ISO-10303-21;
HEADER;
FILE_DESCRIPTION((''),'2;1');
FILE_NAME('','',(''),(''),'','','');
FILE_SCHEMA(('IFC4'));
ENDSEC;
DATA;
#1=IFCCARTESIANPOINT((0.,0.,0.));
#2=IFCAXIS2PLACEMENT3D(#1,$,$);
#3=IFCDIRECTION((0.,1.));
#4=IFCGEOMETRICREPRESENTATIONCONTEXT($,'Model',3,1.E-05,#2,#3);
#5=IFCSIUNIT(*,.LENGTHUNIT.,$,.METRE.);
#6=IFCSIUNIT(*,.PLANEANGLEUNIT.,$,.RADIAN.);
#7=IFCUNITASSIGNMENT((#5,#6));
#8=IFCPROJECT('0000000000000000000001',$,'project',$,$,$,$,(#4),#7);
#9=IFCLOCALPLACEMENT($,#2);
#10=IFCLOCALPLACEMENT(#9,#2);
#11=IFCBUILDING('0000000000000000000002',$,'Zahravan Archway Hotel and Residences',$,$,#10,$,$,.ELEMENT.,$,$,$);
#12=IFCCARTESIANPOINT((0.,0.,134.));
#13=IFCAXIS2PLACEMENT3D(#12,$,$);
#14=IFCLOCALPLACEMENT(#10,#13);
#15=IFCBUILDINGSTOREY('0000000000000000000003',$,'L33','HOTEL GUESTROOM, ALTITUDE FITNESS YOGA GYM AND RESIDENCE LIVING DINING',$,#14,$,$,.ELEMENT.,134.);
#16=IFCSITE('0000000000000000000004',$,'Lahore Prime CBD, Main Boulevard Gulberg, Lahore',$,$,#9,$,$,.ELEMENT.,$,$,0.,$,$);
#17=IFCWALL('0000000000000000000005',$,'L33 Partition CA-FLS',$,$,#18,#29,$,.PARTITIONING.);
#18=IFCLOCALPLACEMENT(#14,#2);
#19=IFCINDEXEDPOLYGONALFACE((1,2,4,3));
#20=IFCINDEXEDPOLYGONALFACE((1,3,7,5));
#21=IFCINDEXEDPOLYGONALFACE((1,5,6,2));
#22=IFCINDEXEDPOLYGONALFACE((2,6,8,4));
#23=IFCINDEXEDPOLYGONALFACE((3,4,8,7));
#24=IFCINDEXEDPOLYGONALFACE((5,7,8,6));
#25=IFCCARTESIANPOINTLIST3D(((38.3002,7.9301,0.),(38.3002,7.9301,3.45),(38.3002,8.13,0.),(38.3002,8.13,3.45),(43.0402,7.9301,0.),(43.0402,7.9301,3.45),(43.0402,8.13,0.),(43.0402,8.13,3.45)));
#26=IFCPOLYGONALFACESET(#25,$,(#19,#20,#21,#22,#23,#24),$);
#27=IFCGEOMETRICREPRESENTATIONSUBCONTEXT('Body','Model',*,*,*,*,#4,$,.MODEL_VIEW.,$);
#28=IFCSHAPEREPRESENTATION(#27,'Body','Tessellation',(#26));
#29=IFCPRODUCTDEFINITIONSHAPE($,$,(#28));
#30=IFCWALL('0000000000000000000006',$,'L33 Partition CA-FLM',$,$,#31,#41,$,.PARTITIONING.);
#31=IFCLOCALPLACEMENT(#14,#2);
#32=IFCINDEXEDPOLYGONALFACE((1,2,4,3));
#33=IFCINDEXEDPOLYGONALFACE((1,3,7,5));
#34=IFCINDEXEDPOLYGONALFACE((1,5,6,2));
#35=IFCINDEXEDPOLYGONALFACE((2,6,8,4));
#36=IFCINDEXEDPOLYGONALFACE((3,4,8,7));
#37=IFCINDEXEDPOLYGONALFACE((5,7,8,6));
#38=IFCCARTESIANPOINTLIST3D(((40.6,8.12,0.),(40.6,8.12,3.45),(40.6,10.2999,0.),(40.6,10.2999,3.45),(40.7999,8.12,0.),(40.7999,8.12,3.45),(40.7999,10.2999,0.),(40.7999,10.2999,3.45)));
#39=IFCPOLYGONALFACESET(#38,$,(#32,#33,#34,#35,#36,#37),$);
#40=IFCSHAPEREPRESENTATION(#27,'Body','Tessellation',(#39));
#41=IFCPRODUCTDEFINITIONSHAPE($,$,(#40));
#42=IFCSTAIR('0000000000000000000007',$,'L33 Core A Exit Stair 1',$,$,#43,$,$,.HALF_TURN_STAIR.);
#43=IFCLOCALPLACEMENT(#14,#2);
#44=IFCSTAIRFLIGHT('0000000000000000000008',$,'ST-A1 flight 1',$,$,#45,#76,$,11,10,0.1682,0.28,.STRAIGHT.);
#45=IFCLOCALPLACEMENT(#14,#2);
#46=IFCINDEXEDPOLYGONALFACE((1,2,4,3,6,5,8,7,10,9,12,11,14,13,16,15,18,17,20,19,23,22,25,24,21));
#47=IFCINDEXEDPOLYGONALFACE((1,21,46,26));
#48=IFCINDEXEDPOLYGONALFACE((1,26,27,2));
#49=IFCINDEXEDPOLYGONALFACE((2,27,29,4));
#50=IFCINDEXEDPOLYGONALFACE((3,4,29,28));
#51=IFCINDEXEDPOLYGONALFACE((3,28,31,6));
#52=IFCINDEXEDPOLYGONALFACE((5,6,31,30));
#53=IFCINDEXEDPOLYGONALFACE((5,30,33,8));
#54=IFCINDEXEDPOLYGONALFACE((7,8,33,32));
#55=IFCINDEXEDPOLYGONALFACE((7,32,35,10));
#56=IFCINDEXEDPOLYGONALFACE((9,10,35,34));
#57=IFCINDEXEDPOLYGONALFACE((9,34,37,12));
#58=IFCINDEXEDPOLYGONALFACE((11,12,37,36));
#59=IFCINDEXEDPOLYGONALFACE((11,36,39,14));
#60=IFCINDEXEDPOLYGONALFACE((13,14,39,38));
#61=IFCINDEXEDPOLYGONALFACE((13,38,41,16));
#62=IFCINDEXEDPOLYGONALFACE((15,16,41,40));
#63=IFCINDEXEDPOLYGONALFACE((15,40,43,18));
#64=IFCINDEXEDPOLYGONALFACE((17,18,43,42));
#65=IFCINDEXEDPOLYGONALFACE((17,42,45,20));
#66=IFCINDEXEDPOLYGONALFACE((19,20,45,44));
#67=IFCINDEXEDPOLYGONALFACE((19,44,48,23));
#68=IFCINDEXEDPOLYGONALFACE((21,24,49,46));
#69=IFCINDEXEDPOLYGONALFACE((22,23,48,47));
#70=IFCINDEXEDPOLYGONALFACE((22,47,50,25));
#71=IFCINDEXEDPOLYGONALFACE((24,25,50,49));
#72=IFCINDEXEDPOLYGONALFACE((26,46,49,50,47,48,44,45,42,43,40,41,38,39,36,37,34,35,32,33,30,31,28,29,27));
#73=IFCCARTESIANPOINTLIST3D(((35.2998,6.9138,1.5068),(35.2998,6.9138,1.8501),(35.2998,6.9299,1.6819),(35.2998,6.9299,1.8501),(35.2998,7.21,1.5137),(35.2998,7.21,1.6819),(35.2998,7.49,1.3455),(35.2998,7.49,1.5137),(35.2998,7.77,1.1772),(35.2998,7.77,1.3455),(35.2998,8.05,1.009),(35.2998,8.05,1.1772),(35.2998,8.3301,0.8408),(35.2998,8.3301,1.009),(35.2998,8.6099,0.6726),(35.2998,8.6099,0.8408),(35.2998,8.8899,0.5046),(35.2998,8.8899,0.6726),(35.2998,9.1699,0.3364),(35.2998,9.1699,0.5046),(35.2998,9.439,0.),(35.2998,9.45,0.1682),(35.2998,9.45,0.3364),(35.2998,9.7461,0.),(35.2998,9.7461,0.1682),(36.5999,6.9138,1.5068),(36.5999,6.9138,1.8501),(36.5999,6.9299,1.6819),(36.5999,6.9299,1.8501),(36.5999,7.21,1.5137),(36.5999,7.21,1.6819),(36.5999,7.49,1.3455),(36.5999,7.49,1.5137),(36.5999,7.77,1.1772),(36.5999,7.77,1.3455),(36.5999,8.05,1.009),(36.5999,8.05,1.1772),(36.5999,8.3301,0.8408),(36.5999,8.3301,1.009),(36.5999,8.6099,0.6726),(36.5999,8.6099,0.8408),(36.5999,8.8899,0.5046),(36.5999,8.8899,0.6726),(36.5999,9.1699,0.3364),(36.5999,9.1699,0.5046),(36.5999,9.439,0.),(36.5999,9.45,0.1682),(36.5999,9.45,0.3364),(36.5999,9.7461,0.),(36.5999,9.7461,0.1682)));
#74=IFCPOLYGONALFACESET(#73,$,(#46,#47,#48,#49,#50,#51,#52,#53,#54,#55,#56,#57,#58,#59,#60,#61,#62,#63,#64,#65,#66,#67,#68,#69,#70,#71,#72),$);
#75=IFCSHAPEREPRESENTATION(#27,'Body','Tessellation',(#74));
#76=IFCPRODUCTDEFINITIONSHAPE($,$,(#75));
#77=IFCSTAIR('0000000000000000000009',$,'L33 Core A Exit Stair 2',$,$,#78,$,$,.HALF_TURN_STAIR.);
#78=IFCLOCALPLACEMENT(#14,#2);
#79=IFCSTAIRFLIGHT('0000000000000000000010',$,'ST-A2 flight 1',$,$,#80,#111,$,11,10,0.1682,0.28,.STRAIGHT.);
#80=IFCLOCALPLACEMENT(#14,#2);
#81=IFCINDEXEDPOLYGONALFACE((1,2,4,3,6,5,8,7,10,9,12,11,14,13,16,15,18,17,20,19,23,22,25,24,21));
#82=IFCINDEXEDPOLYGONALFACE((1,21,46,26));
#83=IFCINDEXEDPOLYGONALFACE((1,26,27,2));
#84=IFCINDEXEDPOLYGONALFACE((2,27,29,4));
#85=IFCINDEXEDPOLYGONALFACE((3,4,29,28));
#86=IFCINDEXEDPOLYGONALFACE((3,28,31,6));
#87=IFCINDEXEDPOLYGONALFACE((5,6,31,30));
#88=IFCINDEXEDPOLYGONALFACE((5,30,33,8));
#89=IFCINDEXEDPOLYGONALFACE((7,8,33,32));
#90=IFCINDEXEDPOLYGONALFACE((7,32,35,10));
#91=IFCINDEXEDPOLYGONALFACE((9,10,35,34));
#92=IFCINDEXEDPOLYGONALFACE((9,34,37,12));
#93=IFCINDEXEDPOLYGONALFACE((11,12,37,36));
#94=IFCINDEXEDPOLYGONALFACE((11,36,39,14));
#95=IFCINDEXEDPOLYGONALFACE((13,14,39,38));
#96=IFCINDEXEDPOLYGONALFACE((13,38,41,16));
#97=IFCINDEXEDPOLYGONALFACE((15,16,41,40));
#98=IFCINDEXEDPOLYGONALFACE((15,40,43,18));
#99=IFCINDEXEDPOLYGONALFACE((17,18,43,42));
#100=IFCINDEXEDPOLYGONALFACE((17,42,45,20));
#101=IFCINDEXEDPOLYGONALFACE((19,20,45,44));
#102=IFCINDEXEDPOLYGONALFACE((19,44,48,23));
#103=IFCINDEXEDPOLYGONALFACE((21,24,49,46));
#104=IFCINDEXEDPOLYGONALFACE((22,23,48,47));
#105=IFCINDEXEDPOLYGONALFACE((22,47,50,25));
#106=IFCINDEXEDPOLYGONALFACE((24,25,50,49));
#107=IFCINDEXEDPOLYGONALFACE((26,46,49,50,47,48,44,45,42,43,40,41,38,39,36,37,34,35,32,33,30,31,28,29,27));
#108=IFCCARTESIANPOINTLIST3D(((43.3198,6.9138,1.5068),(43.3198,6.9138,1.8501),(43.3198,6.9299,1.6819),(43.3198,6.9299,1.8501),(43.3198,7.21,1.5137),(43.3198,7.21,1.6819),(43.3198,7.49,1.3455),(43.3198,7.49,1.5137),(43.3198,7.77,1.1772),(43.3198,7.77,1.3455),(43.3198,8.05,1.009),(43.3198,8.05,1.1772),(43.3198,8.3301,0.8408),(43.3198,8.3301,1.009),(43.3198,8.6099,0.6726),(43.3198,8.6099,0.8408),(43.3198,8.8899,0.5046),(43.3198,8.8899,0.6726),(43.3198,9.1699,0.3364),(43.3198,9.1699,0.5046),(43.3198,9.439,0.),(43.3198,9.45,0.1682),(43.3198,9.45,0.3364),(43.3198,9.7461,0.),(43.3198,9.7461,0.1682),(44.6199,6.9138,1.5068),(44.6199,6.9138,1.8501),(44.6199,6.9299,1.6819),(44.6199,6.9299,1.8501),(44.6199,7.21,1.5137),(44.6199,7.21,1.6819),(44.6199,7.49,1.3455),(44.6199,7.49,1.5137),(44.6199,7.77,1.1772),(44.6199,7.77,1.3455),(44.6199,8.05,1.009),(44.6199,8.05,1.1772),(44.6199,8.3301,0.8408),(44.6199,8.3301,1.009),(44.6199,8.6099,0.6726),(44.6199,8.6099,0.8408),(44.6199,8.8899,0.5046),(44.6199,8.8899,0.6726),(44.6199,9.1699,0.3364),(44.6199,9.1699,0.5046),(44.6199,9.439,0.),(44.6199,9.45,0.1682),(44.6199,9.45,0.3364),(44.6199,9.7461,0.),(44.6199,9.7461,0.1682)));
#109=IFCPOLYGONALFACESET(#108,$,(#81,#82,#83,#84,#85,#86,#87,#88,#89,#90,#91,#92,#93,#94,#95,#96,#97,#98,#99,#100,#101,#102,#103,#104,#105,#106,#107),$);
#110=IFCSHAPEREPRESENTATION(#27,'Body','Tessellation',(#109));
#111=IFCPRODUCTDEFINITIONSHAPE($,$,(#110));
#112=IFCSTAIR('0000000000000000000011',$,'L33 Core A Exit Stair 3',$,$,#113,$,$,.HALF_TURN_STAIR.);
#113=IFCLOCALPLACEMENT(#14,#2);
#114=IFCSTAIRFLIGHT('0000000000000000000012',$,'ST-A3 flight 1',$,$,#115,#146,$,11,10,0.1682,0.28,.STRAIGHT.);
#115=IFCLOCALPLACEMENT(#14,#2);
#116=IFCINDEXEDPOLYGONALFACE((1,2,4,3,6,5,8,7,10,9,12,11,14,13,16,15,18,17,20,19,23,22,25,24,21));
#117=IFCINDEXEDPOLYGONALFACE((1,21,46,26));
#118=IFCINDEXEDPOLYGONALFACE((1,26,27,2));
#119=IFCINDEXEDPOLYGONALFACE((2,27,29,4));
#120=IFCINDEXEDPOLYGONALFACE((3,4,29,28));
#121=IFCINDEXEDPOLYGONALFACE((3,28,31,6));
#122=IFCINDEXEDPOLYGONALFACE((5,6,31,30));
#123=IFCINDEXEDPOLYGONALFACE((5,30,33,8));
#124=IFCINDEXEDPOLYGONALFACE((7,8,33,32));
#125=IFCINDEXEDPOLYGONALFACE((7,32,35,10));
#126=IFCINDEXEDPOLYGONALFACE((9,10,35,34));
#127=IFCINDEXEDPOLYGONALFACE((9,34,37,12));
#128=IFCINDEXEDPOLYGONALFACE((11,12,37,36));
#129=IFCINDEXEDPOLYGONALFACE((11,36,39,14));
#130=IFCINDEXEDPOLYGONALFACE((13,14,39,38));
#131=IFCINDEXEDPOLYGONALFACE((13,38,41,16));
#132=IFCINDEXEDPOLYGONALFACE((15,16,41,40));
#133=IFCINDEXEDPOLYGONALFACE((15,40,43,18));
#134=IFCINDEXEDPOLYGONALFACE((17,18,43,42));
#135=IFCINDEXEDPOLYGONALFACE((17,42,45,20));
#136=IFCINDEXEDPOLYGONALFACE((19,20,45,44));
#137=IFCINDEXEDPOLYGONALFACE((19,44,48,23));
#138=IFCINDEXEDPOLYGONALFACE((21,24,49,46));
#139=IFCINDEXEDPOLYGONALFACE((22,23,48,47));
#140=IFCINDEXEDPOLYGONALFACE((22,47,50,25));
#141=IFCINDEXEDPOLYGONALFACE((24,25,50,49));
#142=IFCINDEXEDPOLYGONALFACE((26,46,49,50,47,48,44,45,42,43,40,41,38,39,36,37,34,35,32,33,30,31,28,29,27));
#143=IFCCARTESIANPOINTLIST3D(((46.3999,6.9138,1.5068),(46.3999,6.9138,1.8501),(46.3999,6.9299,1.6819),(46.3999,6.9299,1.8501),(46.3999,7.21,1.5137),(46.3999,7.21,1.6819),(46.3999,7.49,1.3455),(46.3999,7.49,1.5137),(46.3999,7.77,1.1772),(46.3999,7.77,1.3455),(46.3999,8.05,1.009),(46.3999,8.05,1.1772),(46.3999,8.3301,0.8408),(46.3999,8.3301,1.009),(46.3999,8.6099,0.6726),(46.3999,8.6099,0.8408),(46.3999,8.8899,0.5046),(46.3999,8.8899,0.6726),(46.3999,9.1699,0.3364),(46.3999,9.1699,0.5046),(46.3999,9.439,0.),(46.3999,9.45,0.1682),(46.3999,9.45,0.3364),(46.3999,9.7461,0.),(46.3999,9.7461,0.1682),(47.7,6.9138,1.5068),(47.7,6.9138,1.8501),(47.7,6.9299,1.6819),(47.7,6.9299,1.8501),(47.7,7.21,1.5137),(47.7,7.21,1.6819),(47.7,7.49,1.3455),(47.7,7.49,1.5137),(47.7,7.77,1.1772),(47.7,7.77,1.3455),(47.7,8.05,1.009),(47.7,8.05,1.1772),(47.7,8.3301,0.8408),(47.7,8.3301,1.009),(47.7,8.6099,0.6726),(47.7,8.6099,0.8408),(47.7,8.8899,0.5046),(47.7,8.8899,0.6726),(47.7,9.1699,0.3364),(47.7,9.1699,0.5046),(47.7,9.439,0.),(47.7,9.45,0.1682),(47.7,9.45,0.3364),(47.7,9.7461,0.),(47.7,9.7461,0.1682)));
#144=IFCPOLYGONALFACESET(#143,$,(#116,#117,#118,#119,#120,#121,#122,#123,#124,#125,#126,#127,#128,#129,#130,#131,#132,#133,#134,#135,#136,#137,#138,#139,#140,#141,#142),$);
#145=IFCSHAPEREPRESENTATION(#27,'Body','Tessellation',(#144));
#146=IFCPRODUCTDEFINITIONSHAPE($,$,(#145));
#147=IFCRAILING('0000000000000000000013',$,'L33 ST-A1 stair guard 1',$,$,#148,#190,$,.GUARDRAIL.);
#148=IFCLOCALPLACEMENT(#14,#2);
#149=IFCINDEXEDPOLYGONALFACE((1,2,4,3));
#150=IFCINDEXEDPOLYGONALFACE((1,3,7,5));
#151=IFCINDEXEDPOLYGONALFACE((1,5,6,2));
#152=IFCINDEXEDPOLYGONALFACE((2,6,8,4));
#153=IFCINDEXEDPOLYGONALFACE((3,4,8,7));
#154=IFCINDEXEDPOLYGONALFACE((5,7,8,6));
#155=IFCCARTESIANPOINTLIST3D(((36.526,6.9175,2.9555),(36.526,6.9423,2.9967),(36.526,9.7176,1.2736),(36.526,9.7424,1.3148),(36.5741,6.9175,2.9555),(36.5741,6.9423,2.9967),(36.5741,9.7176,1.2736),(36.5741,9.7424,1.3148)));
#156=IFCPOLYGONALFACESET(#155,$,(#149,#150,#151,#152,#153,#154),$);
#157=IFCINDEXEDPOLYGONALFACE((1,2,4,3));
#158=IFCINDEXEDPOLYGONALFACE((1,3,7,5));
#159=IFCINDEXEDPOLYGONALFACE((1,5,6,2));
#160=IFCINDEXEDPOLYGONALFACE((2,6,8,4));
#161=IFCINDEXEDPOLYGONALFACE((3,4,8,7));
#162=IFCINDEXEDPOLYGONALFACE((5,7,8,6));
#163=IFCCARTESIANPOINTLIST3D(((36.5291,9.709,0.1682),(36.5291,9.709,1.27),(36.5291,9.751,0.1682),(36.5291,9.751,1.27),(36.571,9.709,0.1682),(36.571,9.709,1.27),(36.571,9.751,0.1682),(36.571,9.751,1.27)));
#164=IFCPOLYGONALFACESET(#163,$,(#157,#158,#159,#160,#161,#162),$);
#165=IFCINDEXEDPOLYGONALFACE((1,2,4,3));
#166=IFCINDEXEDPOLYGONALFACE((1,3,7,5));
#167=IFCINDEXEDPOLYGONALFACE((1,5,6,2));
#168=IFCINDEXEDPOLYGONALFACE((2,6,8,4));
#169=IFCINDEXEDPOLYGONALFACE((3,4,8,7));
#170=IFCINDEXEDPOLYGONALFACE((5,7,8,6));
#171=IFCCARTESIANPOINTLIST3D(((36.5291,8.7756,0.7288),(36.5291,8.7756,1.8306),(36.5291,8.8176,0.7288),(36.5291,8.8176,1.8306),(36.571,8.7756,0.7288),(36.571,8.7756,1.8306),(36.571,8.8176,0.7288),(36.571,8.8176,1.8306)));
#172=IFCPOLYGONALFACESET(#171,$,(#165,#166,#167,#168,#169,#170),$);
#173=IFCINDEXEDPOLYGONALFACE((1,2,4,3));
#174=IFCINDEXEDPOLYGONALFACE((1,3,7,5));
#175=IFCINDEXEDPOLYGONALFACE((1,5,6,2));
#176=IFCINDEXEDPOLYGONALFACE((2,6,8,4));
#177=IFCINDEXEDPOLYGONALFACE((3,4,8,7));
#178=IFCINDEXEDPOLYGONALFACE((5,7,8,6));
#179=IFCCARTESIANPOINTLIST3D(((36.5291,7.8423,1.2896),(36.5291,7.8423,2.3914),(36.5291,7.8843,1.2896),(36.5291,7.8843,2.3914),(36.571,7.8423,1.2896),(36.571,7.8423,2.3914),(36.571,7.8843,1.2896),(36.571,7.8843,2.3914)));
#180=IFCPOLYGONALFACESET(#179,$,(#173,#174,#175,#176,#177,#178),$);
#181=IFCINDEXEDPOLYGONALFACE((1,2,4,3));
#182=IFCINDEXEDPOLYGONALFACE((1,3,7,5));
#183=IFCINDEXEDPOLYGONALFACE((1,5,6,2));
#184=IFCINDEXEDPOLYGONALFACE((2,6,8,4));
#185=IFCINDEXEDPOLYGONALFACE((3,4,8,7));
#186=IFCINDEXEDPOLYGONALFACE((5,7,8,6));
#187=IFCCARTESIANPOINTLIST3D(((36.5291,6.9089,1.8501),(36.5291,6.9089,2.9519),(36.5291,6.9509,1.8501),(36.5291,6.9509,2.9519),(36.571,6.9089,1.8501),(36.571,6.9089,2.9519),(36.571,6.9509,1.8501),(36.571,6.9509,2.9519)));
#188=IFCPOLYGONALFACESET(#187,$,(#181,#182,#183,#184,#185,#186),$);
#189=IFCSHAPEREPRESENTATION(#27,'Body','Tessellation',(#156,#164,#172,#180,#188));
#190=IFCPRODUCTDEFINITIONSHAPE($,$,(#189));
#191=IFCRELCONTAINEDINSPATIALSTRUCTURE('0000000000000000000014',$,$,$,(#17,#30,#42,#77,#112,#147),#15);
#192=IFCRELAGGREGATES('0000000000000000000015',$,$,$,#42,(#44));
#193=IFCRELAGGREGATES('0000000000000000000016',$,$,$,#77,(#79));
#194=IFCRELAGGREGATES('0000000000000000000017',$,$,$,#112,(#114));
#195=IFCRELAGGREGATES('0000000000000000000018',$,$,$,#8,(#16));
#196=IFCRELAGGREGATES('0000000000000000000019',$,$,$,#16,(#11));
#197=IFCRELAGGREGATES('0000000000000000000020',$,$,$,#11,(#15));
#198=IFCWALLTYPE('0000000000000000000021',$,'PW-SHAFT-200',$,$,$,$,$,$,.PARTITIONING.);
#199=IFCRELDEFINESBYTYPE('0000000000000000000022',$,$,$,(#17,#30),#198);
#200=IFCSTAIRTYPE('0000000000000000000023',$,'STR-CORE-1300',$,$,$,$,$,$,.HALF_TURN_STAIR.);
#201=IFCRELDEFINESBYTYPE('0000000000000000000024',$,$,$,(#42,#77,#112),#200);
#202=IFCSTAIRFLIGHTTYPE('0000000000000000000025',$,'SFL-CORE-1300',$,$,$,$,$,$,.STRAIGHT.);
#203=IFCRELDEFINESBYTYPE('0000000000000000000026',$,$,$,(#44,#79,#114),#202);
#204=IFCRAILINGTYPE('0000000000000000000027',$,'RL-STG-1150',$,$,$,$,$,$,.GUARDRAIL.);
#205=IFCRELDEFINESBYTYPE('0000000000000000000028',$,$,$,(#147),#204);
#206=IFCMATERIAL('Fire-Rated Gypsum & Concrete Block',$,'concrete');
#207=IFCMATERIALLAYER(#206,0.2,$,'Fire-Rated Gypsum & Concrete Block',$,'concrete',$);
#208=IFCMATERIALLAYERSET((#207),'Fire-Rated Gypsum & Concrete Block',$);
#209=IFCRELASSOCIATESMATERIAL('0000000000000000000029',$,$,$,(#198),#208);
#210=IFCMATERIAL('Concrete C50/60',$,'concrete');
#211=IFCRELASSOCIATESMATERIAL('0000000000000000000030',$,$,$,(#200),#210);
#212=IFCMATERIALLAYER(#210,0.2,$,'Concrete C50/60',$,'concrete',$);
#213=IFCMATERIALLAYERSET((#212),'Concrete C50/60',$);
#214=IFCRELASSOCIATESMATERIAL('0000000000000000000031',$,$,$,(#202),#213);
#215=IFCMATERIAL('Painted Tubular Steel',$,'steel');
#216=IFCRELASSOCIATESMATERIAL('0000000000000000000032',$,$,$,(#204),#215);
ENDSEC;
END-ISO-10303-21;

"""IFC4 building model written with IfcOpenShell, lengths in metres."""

from ifc_helpers import new_model, si_unit, direction, frame, frame_2d, origin, origin_2d, place, context, subcontext, project, spatial, polyline, rectangle, outline, extrude, source, transform, mapped, material, layer, layer_set, type_object, element, aggregate, save


model = new_model("IFC4")

# Units and contexts
model_context = context("Model", 3, precision=1e-05, world=origin(), true_north=direction((0.0, 1.0)))
body_context = subcontext(model_context, "Body", "Model", "MODEL_VIEW")
ifc_project = project(units=[si_unit("LENGTHUNIT", "METRE"), si_unit("PLANEANGLEUNIT", "RADIAN")], contexts=[model_context])

# Site, building, storey
site_placement = place(None, origin())
site = spatial("IfcSite", under=ifc_project, at=site_placement, Name="Lahore Prime CBD, Main Boulevard Gulberg, Lahore", CompositionType="ELEMENT", RefElevation=0.0)
building_placement = place(site_placement, origin())
building = spatial("IfcBuilding", under=site, at=building_placement, Name="Zahravan Archway Hotel and Residences", CompositionType="ELEMENT")
storey_placement = place(building_placement, frame((0.0, 0.0, 134.0)))
storey = spatial("IfcBuildingStorey", under=building, at=storey_placement, Name="L33", Description="HOTEL GUESTROOM, ALTITUDE FITNESS YOGA GYM AND RESIDENCE LIVING DINING", CompositionType="ELEMENT", Elevation=134.0)

# Walls
ifc_material_1 = material(Name="Fire-Rated Gypsum & Concrete Block", Category="concrete")
ifc_layer_1 = layer(ifc_material_1, 0.2, Name="Fire-Rated Gypsum & Concrete Block", Category="concrete")
ifc_layer_set_1 = layer_set([ifc_layer_1], Name="Fire-Rated Gypsum & Concrete Block")
wall_type = type_object("IfcWallType", Name="PW-SHAFT-200", PredefinedType="PARTITIONING", material=ifc_layer_set_1)
wall_1_placement = place(storey_placement, frame((38.3, 8.03, 0.0), z_axis=(0.0, 0.0, 1.0), x_axis=(1.0, 0.0, 0.0)))
element("IfcWall", 1, at=wall_1_placement, inside=storey, type_object=wall_type, Name="L33 Partition CA-FLS", PredefinedType="PARTITIONING", context=body_context, shape_type="SweptSolid", body=[
    extrude(rectangle(XDim=4.74, YDim=0.2, at=frame_2d((2.3701, 0.0))), origin(), (0.0, 0.0, 1.0), 3.45),
])
wall_2_placement = place(storey_placement, frame((40.7, 8.1201, 0.0), z_axis=(0.0, 0.0, 1.0), x_axis=(0.0, 1.0, 0.0)))
element("IfcWall", 2, at=wall_2_placement, inside=storey, type_object=wall_type, Name="L33 Partition CA-FLM", PredefinedType="PARTITIONING", context=body_context, shape_type="SweptSolid", body=[
    extrude(rectangle(XDim=2.1799, YDim=0.2, at=frame_2d((1.0898, 0.0))), origin(), (0.0, 0.0, 1.0), 3.45),
])

# Stairs, stair flights
ifc_material_2 = material(Name="Concrete C50/60", Category="concrete")
stair_type = type_object("IfcStairType", Name="STR-CORE-1300", PredefinedType="HALF_TURN_STAIR", material=ifc_material_2)
stair_1_placement = place(storey_placement, origin())
stair_1 = element("IfcStair", 3, at=stair_1_placement, inside=storey, type_object=stair_type, Name="L33 Core A Exit Stair 1", PredefinedType="HALF_TURN_STAIR")
ifc_layer_2 = layer(ifc_material_2, 0.2, Name="Concrete C50/60", Category="concrete")
ifc_layer_set_2 = layer_set([ifc_layer_2], Name="Concrete C50/60")
stair_flight_type = type_object("IfcStairFlightType", Name="SFL-CORE-1300", PredefinedType="STRAIGHT", material=ifc_layer_set_2)
shared_shape = source(origin(), body_context, "Body", "SweptSolid", [
    extrude(outline(polyline([(-0.0161, 0.0), (-0.0161, 0.1682), (0.28, 0.1682), (0.28, 0.3364), (0.5601, 0.3364), (0.5601, 0.5046), (0.8401, 0.5046), (0.8401, 0.6726), (1.1201, 0.6726), (1.1201, 0.8408), (1.3999, 0.8408), (1.3999, 1.009), (1.6799, 1.009), (1.6799, 1.1772), (1.96, 1.1772), (1.96, 1.3455), (2.24, 1.3455), (2.24, 1.5137), (2.52, 1.5137), (2.52, 1.6819), (2.8, 1.6819), (2.8, 1.8501), (2.8162, 1.8501), (2.8162, 1.5068), (0.291, 0.0), (-0.0161, 0.0)])), frame((0.0, 0.6499, 0.0), z_axis=(0.0, -1.0, 0.0), x_axis=(1.0, 0.0, 0.0)), (0.0, 0.0, 1.0), 1.3),
])
stair_flight_1_placement = place(storey_placement, frame((35.95, 9.73, 0.0), z_axis=(0.0, 0.0, 1.0), x_axis=(0.0, -1.0, 0.0)))
stair_flight_1 = element("IfcStairFlight", 4, at=stair_flight_1_placement, type_object=stair_flight_type, Name="ST-A1 flight 1", NumberOfRisers=11, NumberOfTreads=10, PredefinedType="STRAIGHT", RiserHeight=0.1682, TreadLength=0.28, context=body_context, shape_type="MappedRepresentation", body=[
    mapped(shared_shape, transform((0.0, 0.0, 0.0), scale=1.0)),
])
aggregate(stair_1, [stair_flight_1])
stair_2_placement = place(storey_placement, origin())
stair_2 = element("IfcStair", 5, at=stair_2_placement, inside=storey, type_object=stair_type, Name="L33 Core A Exit Stair 2", PredefinedType="HALF_TURN_STAIR")
stair_flight_2_placement = place(storey_placement, frame((43.97, 9.73, 0.0), z_axis=(0.0, 0.0, 1.0), x_axis=(0.0, -1.0, 0.0)))
stair_flight_2 = element("IfcStairFlight", 6, at=stair_flight_2_placement, type_object=stair_flight_type, Name="ST-A2 flight 1", NumberOfRisers=11, NumberOfTreads=10, PredefinedType="STRAIGHT", RiserHeight=0.1682, TreadLength=0.28, context=body_context, shape_type="MappedRepresentation", body=[
    mapped(shared_shape, transform((0.0, 0.0, 0.0), scale=1.0)),
])
aggregate(stair_2, [stair_flight_2])
stair_3_placement = place(storey_placement, origin())
stair_3 = element("IfcStair", 7, at=stair_3_placement, inside=storey, type_object=stair_type, Name="L33 Core A Exit Stair 3", PredefinedType="HALF_TURN_STAIR")
stair_flight_3_placement = place(storey_placement, frame((47.05, 9.73, 0.0), z_axis=(0.0, 0.0, 1.0), x_axis=(0.0, -1.0, 0.0)))
stair_flight_3 = element("IfcStairFlight", 8, at=stair_flight_3_placement, type_object=stair_flight_type, Name="ST-A3 flight 1", NumberOfRisers=11, NumberOfTreads=10, PredefinedType="STRAIGHT", RiserHeight=0.1682, TreadLength=0.28, context=body_context, shape_type="MappedRepresentation", body=[
    mapped(shared_shape, transform((0.0, 0.0, 0.0), scale=1.0)),
])
aggregate(stair_3, [stair_flight_3])

# Railing
ifc_material_3 = material(Name="Painted Tubular Steel", Category="steel")
railing_type_1 = type_object("IfcRailingType", Name="RL-STG-1150", PredefinedType="GUARDRAIL", material=ifc_material_3)
railing_1_placement = place(storey_placement, frame((36.55, 9.73, 0.1682)))
element("IfcRailing", 9, at=railing_1_placement, inside=storey, type_object=railing_type_1, Name="L33 ST-A1 stair guard 1", PredefinedType="GUARDRAIL", context=body_context, shape_type="SweptSolid", body=[
    extrude(rectangle(XDim=0.0481, YDim=0.0481, at=origin_2d()), frame((0.0, 0.0, 1.126), z_axis=(0.0, -0.857242, 0.514913), x_axis=(1.0, 0.0, 0.0)), (0.0, 0.0, 1.0), 3.2664),
    extrude(rectangle(XDim=0.042, YDim=0.042, at=origin_2d()), origin(), (0.0, 0.0, 1.0), 1.1018),
    extrude(rectangle(XDim=0.042, YDim=0.042, at=origin_2d()), frame((0.0, -0.9333, 0.5605)), (0.0, 0.0, 1.0), 1.1018),
    extrude(rectangle(XDim=0.042, YDim=0.042, at=origin_2d()), frame((0.0, -1.8667, 1.1213)), (0.0, 0.0, 1.0), 1.1018),
    extrude(rectangle(XDim=0.042, YDim=0.042, at=origin_2d()), frame((0.0, -2.8, 1.6819)), (0.0, 0.0, 1.0), 1.1018),
])

save(model, "model.ifc")
